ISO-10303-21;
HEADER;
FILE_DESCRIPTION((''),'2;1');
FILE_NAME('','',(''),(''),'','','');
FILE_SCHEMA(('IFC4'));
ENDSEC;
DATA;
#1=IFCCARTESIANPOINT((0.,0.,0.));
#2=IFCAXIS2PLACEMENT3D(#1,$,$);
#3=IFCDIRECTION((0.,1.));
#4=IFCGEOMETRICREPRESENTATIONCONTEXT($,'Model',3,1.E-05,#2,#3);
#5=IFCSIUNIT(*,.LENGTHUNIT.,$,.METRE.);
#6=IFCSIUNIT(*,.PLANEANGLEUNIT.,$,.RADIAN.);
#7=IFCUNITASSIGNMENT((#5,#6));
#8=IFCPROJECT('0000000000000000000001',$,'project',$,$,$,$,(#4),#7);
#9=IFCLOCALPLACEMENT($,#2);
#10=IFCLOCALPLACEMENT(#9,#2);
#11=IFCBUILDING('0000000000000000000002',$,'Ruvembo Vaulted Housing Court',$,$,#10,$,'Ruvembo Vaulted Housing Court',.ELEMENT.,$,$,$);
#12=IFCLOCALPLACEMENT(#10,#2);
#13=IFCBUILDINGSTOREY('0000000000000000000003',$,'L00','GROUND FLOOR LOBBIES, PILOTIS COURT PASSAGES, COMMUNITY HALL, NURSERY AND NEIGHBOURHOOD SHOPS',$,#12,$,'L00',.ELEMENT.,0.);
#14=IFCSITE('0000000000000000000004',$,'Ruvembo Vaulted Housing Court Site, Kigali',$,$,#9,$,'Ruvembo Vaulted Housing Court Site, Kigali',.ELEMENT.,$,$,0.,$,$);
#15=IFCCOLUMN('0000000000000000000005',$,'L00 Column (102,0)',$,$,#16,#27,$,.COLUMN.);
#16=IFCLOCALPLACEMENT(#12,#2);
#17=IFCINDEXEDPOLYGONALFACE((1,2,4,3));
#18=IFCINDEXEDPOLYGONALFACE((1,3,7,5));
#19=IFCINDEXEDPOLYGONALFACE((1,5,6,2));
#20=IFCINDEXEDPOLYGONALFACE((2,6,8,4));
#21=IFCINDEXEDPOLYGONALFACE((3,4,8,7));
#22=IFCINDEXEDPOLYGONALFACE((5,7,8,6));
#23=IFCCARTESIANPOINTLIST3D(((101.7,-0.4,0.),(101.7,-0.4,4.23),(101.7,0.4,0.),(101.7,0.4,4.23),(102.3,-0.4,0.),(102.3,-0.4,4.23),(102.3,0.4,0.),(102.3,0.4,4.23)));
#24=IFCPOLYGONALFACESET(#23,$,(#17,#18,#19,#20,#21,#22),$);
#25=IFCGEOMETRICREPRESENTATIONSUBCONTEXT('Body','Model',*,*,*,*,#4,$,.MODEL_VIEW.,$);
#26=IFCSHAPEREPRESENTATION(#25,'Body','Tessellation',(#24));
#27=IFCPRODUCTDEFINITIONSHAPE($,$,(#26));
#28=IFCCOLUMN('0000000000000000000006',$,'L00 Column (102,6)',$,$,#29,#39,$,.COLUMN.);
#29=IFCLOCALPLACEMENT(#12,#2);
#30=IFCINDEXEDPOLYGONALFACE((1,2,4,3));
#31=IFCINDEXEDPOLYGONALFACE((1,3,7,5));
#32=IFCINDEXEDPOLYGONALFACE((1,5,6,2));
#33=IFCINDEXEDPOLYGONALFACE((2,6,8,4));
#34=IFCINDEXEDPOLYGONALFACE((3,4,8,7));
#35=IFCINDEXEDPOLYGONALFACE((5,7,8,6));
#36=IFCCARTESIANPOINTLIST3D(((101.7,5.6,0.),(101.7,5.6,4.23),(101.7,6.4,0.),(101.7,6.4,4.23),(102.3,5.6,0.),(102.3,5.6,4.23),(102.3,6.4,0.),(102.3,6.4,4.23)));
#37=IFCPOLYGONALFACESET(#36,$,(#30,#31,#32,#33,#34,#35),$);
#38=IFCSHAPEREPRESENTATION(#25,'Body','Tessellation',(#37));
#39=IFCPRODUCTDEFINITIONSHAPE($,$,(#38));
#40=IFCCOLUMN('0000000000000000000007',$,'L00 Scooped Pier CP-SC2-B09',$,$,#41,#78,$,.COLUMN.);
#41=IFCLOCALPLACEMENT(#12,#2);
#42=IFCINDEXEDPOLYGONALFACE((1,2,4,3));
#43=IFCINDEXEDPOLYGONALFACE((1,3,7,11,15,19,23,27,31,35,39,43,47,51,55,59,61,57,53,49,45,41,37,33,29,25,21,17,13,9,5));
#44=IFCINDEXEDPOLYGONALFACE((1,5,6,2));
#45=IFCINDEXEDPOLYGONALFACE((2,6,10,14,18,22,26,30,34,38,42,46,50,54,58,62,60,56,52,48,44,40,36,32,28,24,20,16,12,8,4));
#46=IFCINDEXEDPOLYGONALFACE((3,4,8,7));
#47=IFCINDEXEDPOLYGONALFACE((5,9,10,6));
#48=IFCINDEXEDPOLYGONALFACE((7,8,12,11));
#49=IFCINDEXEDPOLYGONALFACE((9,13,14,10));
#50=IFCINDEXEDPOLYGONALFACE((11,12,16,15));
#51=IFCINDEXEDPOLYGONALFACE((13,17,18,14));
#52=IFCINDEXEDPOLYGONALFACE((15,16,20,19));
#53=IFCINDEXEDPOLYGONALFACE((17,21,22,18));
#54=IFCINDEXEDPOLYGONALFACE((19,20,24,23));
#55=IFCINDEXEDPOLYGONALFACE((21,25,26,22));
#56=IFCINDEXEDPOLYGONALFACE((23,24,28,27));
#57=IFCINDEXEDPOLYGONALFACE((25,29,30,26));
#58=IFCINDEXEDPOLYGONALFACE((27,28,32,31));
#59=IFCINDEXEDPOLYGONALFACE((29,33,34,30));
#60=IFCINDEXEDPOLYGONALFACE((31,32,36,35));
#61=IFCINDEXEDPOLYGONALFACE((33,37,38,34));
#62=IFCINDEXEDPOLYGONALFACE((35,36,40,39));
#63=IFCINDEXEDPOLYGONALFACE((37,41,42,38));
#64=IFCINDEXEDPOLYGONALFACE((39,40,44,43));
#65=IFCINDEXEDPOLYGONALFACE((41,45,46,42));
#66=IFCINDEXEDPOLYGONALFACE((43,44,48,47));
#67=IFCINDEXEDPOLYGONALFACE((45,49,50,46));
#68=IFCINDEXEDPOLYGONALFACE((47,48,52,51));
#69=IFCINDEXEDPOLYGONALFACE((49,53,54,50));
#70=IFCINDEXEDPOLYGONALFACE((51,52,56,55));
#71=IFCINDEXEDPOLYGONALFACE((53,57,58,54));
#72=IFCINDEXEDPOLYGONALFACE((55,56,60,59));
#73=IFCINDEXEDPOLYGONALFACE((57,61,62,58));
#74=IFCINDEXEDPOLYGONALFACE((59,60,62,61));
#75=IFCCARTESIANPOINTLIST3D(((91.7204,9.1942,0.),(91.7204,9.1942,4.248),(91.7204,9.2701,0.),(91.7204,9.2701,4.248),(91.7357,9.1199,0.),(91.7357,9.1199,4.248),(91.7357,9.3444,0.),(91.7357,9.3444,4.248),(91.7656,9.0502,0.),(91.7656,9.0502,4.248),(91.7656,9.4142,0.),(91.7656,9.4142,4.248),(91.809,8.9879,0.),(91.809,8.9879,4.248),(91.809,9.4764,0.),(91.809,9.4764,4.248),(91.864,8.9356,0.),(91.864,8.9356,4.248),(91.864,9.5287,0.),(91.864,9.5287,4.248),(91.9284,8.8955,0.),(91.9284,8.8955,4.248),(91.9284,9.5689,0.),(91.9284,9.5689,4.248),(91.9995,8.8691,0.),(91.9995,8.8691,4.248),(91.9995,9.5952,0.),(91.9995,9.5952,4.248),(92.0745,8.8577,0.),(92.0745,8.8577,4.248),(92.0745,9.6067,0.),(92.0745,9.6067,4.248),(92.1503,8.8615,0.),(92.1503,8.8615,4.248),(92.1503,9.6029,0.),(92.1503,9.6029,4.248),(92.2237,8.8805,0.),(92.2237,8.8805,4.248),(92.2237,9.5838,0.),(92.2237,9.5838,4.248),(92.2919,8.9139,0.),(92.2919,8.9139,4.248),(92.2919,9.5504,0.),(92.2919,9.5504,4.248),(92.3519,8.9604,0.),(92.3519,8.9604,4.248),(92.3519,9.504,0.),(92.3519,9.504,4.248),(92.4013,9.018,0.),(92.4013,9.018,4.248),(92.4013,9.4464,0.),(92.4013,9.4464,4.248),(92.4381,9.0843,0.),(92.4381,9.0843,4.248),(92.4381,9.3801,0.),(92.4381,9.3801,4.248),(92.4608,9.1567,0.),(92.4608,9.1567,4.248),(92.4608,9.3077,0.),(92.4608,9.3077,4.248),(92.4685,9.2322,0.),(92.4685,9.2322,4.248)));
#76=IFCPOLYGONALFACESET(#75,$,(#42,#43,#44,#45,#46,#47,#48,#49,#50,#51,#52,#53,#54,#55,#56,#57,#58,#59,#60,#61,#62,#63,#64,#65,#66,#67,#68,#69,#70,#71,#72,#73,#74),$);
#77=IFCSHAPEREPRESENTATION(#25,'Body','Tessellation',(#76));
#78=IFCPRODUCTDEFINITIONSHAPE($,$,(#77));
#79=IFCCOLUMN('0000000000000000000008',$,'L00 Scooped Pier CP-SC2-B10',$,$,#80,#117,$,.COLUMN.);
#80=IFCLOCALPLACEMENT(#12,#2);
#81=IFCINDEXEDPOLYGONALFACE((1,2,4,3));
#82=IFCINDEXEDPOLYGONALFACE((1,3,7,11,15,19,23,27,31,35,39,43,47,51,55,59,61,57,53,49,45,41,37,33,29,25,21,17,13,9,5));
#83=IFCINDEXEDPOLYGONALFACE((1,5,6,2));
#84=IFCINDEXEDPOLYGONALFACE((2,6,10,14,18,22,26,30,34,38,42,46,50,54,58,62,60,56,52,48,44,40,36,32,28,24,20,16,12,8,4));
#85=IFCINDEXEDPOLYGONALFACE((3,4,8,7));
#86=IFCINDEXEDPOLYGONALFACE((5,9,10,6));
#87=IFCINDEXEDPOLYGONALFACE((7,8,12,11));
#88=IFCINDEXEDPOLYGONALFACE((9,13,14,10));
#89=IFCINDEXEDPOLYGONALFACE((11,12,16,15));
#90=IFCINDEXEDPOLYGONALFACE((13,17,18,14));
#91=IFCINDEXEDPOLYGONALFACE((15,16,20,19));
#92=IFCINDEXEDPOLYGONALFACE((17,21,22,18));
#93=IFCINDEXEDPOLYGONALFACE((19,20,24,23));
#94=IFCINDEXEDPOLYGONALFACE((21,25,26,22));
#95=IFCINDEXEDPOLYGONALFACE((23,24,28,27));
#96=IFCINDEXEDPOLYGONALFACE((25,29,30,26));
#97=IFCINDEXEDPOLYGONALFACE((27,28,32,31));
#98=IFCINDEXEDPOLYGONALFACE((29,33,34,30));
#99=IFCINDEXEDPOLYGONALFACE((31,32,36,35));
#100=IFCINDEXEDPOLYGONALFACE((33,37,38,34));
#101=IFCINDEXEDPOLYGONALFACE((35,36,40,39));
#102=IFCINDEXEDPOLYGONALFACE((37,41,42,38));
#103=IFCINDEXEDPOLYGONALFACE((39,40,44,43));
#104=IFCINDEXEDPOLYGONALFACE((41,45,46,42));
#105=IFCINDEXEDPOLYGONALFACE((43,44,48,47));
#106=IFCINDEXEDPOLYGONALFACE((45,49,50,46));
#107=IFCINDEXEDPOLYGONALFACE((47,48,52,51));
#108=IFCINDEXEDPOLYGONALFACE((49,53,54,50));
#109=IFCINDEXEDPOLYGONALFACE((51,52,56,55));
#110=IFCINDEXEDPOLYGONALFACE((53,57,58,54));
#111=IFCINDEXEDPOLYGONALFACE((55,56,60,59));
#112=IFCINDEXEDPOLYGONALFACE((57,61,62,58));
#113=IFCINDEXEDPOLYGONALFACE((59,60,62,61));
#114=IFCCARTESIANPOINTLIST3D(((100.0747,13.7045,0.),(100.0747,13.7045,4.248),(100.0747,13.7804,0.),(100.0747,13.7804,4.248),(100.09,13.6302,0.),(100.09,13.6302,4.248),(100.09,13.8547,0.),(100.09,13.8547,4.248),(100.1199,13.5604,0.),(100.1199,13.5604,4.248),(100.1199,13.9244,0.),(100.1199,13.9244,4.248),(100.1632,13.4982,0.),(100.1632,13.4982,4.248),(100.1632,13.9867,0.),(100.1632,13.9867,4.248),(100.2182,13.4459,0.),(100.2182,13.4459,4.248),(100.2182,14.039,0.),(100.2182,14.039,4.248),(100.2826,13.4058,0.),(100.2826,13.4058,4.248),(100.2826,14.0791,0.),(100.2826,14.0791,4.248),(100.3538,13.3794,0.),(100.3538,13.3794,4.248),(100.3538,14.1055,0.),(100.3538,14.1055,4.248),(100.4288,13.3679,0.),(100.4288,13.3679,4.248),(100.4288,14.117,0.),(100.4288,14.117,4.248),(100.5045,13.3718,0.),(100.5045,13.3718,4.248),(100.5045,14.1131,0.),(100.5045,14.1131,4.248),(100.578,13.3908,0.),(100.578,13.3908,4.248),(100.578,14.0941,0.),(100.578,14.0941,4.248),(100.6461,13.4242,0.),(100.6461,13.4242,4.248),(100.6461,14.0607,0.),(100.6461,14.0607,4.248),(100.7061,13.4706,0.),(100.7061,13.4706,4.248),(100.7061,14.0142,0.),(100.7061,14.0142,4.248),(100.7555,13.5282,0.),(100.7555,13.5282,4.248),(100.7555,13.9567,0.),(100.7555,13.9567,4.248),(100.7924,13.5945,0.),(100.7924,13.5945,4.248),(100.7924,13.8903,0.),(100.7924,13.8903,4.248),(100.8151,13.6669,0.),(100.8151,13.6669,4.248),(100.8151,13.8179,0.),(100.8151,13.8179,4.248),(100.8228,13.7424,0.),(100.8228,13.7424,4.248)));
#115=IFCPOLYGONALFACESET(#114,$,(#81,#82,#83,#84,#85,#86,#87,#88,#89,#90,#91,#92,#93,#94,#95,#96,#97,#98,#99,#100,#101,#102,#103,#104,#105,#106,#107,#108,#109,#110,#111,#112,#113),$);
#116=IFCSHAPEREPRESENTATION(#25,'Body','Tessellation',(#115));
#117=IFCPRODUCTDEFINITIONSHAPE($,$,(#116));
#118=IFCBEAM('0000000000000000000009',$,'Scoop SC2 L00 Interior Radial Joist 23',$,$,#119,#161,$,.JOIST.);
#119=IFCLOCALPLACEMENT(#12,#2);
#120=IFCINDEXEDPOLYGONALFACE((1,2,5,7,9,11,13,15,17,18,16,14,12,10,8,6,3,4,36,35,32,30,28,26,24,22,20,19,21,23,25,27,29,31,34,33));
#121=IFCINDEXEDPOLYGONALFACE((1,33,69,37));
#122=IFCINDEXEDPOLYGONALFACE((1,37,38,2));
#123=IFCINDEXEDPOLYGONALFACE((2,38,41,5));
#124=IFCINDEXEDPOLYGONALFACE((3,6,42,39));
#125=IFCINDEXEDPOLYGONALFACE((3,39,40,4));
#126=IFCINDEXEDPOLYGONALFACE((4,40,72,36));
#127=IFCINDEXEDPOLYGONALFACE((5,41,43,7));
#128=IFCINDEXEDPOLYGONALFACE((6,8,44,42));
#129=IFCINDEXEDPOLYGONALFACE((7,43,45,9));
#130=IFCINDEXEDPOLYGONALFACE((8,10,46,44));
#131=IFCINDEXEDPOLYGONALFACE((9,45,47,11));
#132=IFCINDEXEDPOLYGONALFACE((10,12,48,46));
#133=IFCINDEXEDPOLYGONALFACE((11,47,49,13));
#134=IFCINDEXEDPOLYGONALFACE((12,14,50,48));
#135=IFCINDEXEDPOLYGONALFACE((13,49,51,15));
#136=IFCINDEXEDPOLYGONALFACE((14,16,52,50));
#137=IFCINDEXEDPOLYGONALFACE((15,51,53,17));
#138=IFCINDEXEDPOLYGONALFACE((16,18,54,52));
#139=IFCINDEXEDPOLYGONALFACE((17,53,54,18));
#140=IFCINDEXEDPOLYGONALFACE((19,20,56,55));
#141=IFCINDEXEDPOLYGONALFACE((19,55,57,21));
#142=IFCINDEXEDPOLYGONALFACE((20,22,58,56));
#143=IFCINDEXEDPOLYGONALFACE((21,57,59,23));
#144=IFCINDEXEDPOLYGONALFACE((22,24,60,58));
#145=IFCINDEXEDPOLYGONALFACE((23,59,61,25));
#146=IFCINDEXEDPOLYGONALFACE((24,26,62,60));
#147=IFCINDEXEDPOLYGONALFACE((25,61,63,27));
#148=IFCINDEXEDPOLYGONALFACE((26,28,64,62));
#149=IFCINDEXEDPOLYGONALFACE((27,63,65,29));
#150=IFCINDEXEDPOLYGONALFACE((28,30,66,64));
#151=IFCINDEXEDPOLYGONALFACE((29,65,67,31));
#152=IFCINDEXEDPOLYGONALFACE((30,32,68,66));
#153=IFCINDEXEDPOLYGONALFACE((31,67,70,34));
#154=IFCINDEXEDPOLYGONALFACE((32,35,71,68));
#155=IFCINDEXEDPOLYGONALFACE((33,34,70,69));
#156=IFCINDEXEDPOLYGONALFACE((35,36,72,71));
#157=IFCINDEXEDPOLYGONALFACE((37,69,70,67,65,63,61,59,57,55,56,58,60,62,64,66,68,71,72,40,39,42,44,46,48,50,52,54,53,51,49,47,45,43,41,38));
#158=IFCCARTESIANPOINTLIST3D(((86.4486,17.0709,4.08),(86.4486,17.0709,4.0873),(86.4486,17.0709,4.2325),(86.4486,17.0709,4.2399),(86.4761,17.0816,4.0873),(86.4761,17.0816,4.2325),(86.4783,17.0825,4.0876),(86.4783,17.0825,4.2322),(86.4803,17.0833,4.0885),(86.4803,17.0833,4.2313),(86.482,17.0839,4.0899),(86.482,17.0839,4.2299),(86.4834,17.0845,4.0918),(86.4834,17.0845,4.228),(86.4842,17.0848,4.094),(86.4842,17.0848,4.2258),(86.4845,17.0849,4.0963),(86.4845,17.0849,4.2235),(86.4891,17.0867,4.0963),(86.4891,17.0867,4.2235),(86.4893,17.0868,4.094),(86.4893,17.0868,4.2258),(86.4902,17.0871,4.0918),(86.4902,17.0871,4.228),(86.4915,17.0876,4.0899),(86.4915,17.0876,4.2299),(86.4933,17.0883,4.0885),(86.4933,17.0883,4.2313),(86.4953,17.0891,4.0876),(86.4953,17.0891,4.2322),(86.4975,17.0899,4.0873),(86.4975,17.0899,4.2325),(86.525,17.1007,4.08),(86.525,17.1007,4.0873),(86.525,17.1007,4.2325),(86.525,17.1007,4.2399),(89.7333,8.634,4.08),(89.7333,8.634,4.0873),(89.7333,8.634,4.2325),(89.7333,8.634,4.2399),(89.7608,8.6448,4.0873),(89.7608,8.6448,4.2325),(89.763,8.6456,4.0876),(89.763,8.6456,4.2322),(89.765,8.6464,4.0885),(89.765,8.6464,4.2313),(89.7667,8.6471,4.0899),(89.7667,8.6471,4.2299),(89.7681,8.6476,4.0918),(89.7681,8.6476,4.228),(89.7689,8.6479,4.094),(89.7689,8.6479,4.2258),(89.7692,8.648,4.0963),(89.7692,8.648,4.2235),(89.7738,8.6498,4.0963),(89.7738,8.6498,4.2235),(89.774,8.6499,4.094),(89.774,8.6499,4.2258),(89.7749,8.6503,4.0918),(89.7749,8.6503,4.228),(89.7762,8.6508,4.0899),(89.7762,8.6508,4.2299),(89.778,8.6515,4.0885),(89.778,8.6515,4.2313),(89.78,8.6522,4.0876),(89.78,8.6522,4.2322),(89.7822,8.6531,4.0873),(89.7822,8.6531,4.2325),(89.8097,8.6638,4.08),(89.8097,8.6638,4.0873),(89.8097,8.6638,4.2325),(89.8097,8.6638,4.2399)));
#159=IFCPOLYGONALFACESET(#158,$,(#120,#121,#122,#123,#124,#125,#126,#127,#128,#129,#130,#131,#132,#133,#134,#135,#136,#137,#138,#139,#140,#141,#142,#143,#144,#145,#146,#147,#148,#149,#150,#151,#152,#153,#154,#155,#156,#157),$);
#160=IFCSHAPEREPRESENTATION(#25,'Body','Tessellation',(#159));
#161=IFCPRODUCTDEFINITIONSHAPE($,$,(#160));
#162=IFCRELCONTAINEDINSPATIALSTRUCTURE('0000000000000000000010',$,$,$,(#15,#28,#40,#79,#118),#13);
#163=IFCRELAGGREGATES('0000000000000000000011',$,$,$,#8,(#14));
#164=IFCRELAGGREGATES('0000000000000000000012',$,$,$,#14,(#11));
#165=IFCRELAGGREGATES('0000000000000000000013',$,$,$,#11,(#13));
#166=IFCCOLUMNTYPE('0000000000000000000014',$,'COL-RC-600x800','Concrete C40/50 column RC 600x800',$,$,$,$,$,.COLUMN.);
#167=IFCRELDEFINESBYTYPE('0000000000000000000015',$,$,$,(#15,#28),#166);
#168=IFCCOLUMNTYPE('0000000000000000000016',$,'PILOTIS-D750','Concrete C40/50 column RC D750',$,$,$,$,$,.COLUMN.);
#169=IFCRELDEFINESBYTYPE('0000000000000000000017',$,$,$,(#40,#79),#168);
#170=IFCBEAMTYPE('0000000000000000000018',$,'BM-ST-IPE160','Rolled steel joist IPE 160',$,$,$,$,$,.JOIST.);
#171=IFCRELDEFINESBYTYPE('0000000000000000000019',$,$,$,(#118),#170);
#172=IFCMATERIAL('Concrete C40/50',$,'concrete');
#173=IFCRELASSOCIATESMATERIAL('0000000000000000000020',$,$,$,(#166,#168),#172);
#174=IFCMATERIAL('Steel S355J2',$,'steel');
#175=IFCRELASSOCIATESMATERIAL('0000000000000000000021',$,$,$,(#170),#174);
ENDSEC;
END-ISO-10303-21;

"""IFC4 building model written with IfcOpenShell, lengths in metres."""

from ifc_helpers import new_model, si_unit, direction, frame, origin, origin_2d, place, context, subcontext, project, spatial, rectangle, circle, i_section, extrude, material, material_profile, profile_set, type_object, element, save


model = new_model("IFC4")

# Units and contexts
model_context = context("Model", 3, precision=1e-05, world=origin(), true_north=direction((0.0, 1.0)))
body_context = subcontext(model_context, "Body", "Model", "MODEL_VIEW")
ifc_project = project(units=[si_unit("LENGTHUNIT", "METRE"), si_unit("PLANEANGLEUNIT", "RADIAN")], contexts=[model_context])

# Site, building, storey
site_placement = place(None, origin())
site = spatial("IfcSite", under=ifc_project, at=site_placement, Name="Ruvembo Vaulted Housing Court Site, Kigali", LongName="Ruvembo Vaulted Housing Court Site, Kigali", CompositionType="ELEMENT", RefElevation=0.0)
building_placement = place(site_placement, origin())
building = spatial("IfcBuilding", under=site, at=building_placement, Name="Ruvembo Vaulted Housing Court", LongName="Ruvembo Vaulted Housing Court", CompositionType="ELEMENT")
storey_placement = place(building_placement, origin())
storey = spatial("IfcBuildingStorey", under=building, at=storey_placement, Name="L00", Description="GROUND FLOOR LOBBIES, PILOTIS COURT PASSAGES, COMMUNITY HALL, NURSERY AND NEIGHBOURHOOD SHOPS", LongName="L00", CompositionType="ELEMENT", Elevation=0.0)

# Columns
ifc_material_1 = material(Name="Concrete C40/50", Category="concrete")
ifc_material_profile_1 = material_profile(ifc_material_1, rectangle(XDim=0.6001, YDim=0.8, at=origin_2d()), Name="RC 600x800")
ifc_profile_set_1 = profile_set([ifc_material_profile_1], Name="Concrete C40/50")
column_type_1 = type_object("IfcColumnType", Name="COL-RC-600x800", Description="Concrete C40/50 column RC 600x800", PredefinedType="COLUMN", material=ifc_profile_set_1)
for number, where, z_axis, x_axis, name in (
    (1, (102.0, 0.0, 0.0), (0.0, 0.0, 1.0), (1.0, 0.0, 0.0), "L00 Column (102,0)"),
    (2, (102.0, 6.0, 0.0), (0.0, 0.0, 1.0), (1.0, 0.0, 0.0), "L00 Column (102,6)"),
):
    element("IfcColumn", number, at=place(storey_placement, frame(where, z_axis=z_axis, x_axis=x_axis)), inside=storey, type_object=column_type_1, Name=name, PredefinedType="COLUMN", context=body_context, shape_type="SweptSolid", body=[
        extrude(rectangle(XDim=0.6001, YDim=0.8, at=origin_2d()), origin(), (0.0, 0.0, 1.0), 4.23),
    ])
ifc_material_profile_2 = material_profile(ifc_material_1, circle(Radius=0.375, at=origin_2d()), Name="RC D750")
ifc_profile_set_2 = profile_set([ifc_material_profile_2], Name="Concrete C40/50")
column_type_2 = type_object("IfcColumnType", Name="PILOTIS-D750", Description="Concrete C40/50 column RC D750", PredefinedType="COLUMN", material=ifc_profile_set_2)
for number, where, z_axis, x_axis, name in (
    (3, (92.0935, 9.2322, 0.0), (0.0, 0.0, 1.0), (1.0, 0.0, 0.0), "L00 Scooped Pier CP-SC2-B09"),
    (4, (100.4478, 13.7424, 0.0), (0.0, 0.0, 1.0), (1.0, 0.0, 0.0), "L00 Scooped Pier CP-SC2-B10"),
):
    element("IfcColumn", number, at=place(storey_placement, frame(where, z_axis=z_axis, x_axis=x_axis)), inside=storey, type_object=column_type_2, Name=name, PredefinedType="COLUMN", context=body_context, shape_type="SweptSolid", body=[
        extrude(circle(Radius=0.375, at=origin_2d()), origin(), (0.0, 0.0, 1.0), 4.248),
    ])

# Beam
ifc_material_2 = material(Name="Steel S355J2", Category="steel")
ifc_material_profile_3 = material_profile(ifc_material_2, i_section(OverallWidth=0.082, OverallDepth=0.1599, WebThickness=0.0049, FlangeThickness=0.0073, FilletRadius=0.009, at=origin_2d()), Name="IPE 160")
ifc_profile_set_3 = profile_set([ifc_material_profile_3], Name="Steel S355J2")
beam_type_1 = type_object("IfcBeamType", Name="BM-ST-IPE160", Description="Rolled steel joist IPE 160", PredefinedType="JOIST", material=ifc_profile_set_3)
beam_1_placement = place(storey_placement, frame((89.7715, 8.6489, 4.1599), z_axis=(-0.362801, 0.931866, 0.0), x_axis=(-0.931866, -0.362801, 0.0)))
element("IfcBeam", 5, at=beam_1_placement, inside=storey, type_object=beam_type_1, Name="Scoop SC2 L00 Interior Radial Joist 23", PredefinedType="JOIST", context=body_context, shape_type="SweptSolid", body=[
    extrude(i_section(OverallWidth=0.082, OverallDepth=0.1599, WebThickness=0.0049, FlangeThickness=0.0073, FilletRadius=0.009, at=origin_2d()), origin(), (0.0, 0.0, 1.0), 9.0537),
])

save(model, "model.ifc")
